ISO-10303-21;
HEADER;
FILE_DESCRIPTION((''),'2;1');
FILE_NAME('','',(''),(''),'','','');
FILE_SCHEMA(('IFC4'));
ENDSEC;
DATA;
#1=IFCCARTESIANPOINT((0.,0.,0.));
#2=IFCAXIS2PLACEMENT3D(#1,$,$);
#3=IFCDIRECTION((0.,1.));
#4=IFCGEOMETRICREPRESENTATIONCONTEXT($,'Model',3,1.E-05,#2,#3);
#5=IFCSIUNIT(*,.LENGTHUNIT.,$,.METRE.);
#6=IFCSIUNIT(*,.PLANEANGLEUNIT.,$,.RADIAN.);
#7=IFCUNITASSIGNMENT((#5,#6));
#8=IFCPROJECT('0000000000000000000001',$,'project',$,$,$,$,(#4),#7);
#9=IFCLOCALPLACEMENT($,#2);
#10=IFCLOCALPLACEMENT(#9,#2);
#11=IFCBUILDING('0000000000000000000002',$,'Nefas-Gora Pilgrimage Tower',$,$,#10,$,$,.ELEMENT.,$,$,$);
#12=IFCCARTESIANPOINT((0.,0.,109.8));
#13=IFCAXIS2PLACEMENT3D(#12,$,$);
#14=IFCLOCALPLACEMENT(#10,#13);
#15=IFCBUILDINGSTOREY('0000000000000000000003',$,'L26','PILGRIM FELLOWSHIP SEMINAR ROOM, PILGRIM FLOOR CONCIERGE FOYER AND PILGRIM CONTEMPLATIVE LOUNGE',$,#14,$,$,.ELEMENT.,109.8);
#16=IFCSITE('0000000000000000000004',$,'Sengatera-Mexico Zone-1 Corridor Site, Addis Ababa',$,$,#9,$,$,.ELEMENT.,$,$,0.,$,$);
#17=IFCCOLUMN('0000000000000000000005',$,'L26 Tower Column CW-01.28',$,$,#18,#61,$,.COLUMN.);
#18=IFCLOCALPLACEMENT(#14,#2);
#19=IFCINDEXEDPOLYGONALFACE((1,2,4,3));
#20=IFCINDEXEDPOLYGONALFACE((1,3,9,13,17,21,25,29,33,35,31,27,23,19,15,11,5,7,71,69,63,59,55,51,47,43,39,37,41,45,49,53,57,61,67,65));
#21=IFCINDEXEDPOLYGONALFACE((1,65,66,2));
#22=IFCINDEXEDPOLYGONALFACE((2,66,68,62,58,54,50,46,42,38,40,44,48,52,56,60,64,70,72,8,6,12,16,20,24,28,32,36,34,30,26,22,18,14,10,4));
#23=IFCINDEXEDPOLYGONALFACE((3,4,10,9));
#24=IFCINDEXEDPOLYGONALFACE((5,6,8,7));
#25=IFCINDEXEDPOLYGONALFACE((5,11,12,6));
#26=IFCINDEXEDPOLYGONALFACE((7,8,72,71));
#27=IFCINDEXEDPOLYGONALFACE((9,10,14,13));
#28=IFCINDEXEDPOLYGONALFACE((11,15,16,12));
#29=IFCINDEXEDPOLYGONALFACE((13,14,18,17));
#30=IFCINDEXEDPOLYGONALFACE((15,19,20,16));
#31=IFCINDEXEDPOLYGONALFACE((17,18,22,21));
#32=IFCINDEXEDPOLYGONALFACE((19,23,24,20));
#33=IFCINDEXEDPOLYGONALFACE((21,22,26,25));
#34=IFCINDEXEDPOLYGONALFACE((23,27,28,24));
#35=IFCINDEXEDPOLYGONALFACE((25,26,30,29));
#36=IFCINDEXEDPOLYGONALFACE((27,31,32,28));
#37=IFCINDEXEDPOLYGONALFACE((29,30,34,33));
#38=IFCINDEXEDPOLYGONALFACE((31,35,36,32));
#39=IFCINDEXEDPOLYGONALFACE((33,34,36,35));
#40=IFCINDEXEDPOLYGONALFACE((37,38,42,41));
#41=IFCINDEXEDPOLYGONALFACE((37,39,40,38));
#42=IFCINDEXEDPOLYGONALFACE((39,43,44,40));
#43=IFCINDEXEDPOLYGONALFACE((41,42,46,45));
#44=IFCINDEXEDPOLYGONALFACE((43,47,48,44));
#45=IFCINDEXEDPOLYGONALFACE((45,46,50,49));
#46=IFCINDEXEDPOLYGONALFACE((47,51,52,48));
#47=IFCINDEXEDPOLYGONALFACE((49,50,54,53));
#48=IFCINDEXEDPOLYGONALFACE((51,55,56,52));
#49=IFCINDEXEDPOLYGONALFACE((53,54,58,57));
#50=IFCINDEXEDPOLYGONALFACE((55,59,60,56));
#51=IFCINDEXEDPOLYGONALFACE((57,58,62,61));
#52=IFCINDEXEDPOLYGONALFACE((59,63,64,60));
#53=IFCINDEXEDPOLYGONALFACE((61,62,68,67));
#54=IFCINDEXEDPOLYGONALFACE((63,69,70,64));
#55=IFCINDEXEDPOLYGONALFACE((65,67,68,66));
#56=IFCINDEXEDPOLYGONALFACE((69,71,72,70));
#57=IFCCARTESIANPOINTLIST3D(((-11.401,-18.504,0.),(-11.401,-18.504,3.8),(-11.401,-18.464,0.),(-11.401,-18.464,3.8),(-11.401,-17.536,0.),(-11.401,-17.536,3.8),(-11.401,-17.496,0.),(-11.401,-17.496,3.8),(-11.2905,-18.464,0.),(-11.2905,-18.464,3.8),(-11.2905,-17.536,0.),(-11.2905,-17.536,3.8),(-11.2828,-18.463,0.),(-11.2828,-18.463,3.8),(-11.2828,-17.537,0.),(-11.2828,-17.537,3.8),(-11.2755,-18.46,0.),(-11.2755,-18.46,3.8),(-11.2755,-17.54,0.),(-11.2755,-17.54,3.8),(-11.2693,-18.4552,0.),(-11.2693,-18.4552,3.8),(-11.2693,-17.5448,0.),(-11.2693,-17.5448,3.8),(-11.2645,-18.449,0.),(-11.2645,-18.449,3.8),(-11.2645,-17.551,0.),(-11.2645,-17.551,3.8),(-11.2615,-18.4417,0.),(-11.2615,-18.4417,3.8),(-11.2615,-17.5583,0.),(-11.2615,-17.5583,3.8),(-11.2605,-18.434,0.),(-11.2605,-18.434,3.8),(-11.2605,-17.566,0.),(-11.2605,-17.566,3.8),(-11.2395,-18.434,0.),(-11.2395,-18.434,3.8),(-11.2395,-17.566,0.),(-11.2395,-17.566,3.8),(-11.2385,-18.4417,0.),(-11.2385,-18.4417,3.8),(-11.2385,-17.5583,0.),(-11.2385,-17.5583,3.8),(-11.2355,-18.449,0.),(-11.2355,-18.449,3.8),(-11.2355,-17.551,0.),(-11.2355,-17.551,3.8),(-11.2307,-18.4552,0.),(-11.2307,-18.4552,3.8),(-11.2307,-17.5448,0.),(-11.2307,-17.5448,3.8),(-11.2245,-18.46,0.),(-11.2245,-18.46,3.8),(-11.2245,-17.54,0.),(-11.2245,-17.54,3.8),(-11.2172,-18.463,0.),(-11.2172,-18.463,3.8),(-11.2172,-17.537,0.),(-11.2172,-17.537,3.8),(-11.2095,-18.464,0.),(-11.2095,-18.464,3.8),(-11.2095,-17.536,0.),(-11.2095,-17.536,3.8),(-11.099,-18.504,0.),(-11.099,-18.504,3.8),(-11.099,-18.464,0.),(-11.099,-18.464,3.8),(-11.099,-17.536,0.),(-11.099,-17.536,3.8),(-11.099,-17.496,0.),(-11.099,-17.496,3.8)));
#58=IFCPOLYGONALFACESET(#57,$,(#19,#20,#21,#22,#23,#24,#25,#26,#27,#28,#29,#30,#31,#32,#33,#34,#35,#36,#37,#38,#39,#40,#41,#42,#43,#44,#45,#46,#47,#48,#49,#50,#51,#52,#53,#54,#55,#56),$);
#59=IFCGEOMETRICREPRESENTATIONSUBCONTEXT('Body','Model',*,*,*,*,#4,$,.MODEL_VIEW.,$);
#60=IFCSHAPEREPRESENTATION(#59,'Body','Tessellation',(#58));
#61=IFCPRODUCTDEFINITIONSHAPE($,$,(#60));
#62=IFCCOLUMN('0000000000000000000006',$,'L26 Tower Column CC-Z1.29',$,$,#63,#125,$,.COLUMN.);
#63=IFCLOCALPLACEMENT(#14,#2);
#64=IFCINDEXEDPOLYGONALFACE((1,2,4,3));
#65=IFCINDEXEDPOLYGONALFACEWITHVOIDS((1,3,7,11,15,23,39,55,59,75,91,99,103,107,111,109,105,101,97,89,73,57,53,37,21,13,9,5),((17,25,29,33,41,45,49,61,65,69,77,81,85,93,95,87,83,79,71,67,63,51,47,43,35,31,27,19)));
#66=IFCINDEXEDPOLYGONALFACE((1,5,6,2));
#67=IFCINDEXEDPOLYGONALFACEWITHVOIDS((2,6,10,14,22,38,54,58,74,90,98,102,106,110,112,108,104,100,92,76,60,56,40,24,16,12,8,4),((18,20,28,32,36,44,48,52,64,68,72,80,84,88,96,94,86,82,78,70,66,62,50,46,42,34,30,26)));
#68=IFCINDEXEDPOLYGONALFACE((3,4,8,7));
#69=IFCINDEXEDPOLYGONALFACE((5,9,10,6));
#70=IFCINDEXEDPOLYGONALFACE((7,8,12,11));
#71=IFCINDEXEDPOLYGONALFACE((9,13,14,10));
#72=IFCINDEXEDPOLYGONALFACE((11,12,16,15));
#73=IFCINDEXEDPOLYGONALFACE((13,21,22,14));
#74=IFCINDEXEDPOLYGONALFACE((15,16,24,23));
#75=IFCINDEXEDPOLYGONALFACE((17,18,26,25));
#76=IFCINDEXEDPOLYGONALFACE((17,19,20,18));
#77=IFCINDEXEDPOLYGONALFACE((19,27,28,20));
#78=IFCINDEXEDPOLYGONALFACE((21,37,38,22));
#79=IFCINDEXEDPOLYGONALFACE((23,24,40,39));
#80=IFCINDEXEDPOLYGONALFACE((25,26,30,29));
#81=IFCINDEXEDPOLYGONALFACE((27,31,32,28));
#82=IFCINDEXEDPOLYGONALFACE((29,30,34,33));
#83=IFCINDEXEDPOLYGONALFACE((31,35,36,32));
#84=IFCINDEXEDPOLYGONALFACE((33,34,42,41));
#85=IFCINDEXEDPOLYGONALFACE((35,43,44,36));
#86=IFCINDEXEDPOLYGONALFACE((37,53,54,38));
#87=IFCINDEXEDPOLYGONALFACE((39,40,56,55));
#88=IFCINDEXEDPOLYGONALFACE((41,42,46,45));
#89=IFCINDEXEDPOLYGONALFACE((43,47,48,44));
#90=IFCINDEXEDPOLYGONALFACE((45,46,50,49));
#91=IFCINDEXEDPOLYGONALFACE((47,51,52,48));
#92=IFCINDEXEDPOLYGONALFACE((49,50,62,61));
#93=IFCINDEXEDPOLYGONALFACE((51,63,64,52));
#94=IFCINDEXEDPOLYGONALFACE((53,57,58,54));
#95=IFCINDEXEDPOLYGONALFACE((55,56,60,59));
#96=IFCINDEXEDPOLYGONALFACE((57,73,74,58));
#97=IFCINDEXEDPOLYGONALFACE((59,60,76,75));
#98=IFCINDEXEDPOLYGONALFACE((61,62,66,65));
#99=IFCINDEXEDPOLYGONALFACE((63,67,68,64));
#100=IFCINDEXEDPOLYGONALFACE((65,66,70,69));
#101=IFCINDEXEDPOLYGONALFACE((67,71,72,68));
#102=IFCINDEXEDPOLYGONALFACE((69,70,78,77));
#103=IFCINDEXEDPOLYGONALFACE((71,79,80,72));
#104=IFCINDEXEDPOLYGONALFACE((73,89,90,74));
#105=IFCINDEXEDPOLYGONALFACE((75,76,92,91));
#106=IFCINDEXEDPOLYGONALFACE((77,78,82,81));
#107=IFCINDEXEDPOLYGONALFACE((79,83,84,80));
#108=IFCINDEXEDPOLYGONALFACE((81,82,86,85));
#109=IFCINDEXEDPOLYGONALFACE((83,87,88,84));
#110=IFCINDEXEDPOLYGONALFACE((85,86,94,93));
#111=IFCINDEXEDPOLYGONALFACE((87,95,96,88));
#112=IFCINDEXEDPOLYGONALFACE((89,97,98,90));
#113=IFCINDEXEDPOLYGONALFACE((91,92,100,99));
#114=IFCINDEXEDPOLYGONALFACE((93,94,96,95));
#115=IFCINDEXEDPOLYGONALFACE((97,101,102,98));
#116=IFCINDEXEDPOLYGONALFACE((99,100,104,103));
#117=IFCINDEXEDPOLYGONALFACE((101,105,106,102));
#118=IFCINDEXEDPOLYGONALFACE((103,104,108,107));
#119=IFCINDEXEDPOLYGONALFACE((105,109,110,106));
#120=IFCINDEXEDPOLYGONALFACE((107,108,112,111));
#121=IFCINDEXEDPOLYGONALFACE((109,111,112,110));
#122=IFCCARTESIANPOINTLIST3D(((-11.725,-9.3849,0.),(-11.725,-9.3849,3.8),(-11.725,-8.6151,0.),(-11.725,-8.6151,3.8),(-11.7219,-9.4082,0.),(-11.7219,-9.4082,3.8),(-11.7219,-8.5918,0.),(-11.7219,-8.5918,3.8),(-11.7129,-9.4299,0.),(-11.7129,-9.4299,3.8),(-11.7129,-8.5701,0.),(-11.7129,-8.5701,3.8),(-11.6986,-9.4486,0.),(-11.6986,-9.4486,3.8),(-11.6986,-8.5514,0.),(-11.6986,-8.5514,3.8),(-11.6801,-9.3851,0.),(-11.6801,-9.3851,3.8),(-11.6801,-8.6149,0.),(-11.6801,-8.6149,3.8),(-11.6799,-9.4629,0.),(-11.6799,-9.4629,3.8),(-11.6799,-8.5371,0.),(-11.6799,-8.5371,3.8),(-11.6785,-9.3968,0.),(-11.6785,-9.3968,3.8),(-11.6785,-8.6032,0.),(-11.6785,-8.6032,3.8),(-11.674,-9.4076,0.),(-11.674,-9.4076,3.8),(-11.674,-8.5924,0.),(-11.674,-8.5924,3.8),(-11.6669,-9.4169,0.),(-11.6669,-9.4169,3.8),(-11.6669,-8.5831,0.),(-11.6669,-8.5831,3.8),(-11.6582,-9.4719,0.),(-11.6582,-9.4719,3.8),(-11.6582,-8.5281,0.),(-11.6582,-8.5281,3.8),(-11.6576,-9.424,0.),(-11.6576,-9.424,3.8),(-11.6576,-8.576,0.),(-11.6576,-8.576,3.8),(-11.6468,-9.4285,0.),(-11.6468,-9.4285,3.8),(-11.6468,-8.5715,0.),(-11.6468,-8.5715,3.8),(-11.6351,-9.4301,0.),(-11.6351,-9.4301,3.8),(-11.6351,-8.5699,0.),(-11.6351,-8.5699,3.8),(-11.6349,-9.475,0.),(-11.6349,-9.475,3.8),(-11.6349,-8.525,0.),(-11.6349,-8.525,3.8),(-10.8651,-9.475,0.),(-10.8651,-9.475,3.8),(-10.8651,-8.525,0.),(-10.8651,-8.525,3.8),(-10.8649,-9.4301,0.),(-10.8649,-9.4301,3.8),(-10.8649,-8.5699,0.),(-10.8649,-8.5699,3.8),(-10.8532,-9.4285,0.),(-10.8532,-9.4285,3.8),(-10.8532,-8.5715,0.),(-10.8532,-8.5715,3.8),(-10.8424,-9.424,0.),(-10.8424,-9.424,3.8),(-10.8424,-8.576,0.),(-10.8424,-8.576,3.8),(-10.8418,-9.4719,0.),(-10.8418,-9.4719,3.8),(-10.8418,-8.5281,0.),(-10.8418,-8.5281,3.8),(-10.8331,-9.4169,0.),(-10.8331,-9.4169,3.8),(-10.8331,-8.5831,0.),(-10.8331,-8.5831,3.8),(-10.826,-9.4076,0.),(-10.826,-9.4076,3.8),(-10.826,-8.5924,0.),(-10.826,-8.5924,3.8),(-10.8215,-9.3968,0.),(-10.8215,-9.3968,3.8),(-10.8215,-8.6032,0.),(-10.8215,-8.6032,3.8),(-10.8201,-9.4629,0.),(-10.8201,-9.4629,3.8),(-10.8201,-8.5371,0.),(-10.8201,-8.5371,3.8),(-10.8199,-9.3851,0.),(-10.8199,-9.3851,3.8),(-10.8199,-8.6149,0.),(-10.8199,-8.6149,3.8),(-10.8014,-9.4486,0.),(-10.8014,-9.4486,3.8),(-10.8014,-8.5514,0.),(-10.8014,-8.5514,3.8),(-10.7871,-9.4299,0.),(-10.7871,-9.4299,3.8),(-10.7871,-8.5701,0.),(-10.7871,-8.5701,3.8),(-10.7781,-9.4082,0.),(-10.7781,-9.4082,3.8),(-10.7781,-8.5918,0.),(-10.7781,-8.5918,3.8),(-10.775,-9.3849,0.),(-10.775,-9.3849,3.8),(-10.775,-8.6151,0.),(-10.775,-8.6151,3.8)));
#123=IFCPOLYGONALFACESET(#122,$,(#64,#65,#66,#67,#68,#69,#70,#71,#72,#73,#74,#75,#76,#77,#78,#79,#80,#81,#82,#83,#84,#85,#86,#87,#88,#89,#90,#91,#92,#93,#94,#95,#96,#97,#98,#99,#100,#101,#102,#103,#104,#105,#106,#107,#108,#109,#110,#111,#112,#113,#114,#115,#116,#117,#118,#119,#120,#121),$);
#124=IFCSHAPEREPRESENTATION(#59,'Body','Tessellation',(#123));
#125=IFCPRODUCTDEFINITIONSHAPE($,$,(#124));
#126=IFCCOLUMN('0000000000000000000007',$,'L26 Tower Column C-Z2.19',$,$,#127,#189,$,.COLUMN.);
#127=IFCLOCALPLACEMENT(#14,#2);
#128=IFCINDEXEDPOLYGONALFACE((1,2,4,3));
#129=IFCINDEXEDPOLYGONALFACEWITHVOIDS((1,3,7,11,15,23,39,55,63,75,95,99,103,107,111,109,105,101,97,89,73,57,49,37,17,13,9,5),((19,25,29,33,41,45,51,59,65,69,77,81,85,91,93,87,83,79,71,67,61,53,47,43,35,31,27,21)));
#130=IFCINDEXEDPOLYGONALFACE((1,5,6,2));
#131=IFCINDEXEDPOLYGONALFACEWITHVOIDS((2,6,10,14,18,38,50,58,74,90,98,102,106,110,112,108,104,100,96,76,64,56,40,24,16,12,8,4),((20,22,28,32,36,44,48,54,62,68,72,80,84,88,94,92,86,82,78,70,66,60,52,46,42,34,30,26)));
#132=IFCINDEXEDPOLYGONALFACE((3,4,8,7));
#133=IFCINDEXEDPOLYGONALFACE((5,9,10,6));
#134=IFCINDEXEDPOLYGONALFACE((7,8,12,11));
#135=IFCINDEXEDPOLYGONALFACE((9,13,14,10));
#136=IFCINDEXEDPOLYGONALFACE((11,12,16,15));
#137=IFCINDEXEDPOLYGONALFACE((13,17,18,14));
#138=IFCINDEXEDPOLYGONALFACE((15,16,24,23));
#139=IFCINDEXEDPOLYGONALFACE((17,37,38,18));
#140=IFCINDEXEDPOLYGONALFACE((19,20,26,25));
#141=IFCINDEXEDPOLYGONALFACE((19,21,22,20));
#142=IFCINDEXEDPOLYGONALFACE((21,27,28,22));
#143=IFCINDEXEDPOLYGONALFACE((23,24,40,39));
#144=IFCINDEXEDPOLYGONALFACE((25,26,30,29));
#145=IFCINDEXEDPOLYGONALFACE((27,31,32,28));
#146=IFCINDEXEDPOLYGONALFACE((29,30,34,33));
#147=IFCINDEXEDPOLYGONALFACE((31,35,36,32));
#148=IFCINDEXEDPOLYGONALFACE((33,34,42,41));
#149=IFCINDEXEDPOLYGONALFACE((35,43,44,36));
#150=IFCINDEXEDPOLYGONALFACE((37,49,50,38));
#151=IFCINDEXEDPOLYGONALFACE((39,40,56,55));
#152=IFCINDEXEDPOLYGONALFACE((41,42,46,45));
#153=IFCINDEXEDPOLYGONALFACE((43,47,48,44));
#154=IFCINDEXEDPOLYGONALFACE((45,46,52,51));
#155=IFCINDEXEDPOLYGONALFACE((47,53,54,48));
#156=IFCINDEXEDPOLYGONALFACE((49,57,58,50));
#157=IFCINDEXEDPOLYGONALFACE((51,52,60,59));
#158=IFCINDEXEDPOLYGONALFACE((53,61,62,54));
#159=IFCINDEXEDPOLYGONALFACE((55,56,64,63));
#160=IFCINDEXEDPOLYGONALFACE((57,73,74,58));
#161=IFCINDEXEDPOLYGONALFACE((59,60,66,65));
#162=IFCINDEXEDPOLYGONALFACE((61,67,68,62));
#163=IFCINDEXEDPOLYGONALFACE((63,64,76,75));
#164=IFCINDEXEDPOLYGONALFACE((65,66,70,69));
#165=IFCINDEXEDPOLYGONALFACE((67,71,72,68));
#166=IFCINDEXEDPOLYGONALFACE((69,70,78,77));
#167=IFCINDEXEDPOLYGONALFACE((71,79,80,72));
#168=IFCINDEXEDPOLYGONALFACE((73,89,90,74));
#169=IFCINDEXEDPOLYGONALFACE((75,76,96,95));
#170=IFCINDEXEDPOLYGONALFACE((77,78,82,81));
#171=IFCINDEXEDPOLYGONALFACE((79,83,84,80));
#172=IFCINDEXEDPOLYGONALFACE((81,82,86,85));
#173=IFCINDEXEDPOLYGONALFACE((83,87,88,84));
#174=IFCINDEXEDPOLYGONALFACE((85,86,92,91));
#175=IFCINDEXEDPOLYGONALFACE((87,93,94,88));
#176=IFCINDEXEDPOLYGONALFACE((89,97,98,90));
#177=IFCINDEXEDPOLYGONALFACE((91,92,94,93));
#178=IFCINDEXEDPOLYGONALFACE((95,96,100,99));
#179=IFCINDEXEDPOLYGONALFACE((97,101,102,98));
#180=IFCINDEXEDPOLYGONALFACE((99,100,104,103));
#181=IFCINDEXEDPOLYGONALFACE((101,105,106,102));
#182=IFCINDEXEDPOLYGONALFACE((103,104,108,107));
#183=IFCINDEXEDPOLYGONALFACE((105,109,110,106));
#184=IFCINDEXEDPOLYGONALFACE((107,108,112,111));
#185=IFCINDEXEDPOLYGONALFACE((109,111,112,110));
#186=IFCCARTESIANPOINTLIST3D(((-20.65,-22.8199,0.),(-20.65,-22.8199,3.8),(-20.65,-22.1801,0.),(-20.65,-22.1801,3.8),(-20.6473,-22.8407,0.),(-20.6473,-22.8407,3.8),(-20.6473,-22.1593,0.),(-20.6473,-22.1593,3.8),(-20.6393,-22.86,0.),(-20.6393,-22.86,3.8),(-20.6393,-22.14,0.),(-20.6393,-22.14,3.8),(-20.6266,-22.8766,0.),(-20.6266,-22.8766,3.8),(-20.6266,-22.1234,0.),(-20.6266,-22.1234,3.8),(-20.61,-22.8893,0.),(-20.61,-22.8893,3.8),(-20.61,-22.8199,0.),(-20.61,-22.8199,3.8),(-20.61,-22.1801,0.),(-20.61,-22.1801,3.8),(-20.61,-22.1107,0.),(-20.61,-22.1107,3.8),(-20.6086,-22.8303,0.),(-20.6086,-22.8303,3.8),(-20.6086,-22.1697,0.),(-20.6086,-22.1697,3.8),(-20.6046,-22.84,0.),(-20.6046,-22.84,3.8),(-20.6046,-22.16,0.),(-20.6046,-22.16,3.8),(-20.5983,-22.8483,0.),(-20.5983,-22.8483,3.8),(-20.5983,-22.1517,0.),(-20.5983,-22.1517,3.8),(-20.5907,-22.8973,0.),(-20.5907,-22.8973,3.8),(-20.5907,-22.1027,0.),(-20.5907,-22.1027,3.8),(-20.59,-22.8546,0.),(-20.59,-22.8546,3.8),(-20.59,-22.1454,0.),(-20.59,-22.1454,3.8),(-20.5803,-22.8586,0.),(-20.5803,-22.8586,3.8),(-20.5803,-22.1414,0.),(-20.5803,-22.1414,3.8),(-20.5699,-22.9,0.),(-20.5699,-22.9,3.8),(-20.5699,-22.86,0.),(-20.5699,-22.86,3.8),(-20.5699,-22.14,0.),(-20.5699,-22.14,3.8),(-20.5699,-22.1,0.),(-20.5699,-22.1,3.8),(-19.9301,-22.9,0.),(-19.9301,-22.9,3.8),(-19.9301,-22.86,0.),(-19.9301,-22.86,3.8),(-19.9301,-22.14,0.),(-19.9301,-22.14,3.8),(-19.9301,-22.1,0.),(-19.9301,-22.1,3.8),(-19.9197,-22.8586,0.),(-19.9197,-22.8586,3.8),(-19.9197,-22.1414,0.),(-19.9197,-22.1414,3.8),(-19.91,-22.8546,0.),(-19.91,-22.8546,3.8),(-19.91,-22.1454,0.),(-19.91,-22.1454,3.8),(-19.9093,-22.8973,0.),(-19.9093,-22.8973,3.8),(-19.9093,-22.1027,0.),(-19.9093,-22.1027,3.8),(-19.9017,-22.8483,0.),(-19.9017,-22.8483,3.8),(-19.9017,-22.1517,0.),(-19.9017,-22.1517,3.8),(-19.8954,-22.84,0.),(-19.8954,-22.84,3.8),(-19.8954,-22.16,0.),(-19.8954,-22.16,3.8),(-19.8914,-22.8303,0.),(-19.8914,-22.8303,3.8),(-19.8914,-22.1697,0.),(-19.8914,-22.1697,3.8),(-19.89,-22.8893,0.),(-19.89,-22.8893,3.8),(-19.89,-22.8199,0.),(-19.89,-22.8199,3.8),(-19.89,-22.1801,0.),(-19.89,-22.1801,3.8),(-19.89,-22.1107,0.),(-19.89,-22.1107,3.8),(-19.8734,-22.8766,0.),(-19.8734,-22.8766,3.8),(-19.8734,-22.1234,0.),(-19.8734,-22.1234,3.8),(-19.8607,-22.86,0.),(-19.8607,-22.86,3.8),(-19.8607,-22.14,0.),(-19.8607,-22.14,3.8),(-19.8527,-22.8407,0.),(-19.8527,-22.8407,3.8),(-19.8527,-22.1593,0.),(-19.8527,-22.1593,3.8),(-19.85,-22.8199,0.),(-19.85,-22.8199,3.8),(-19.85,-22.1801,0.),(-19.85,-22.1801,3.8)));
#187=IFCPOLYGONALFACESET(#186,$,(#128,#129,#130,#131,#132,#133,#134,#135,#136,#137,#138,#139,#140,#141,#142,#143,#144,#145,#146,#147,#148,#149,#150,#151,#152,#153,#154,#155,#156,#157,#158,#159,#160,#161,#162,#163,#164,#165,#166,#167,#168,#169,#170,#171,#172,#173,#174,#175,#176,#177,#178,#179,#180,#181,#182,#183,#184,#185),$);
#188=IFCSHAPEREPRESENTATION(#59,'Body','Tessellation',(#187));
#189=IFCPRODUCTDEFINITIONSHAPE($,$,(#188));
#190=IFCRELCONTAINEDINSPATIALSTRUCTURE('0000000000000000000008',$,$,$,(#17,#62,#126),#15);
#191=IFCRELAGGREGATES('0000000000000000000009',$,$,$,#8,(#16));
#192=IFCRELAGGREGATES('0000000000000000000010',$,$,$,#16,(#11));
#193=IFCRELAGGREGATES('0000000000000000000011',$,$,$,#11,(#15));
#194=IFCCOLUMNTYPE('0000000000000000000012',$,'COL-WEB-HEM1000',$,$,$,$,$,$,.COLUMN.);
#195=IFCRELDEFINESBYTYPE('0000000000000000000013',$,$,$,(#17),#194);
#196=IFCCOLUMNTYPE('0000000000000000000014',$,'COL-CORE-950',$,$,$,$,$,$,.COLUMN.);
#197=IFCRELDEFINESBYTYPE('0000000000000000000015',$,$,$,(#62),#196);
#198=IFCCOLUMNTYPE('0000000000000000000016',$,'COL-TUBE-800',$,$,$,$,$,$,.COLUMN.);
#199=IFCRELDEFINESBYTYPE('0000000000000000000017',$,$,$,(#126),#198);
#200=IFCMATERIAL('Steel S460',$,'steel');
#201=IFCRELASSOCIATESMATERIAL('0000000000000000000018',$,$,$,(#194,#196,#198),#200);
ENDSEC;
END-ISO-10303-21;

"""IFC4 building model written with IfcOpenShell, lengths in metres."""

from ifc_helpers import new_model, si_unit, direction, frame, origin, origin_2d, place, context, subcontext, project, spatial, hollow_rectangle, i_section, extrude, source, transform, mapped, material, material_profile, profile_set, type_object, element, save


model = new_model("IFC4")

# Units and contexts
model_context = context("Model", 3, precision=1e-05, world=origin(), true_north=direction((0.0, 1.0)))
body_context = subcontext(model_context, "Body", "Model", "MODEL_VIEW")
ifc_project = project(units=[si_unit("LENGTHUNIT", "METRE"), si_unit("PLANEANGLEUNIT", "RADIAN")], contexts=[model_context])

# Site, building, storey
site_placement = place(None, origin())
site = spatial("IfcSite", under=ifc_project, at=site_placement, Name="Sengatera-Mexico Zone-1 Corridor Site, Addis Ababa", CompositionType="ELEMENT", RefElevation=0.0)
building_placement = place(site_placement, origin())
building = spatial("IfcBuilding", under=site, at=building_placement, Name="Nefas-Gora Pilgrimage Tower", CompositionType="ELEMENT")
storey_placement = place(building_placement, frame((0.0, 0.0, 109.8)))
storey = spatial("IfcBuildingStorey", under=building, at=storey_placement, Name="L26", Description="PILGRIM FELLOWSHIP SEMINAR ROOM, PILGRIM FLOOR CONCIERGE FOYER AND PILGRIM CONTEMPLATIVE LOUNGE", CompositionType="ELEMENT", Elevation=109.8)

# Columns
ifc_material_1 = material(Name="Steel S460", Category="steel")
ifc_material_profile_1 = material_profile(ifc_material_1, i_section(OverallWidth=0.302, OverallDepth=1.0081, WebThickness=0.021, FlangeThickness=0.04, FilletRadius=0.03, at=origin_2d()), Name="HEM 1000")
ifc_profile_set_1 = profile_set([ifc_material_profile_1], Name="Steel S460")
column_type_1 = type_object("IfcColumnType", Name="COL-WEB-HEM1000", PredefinedType="COLUMN", material=ifc_profile_set_1)
shared_shape_1 = source(origin(), body_context, "Body", "SweptSolid", [
    extrude(i_section(OverallWidth=0.302, OverallDepth=1.0081, WebThickness=0.021, FlangeThickness=0.04, FilletRadius=0.03, at=origin_2d()), origin(), (0.0, 0.0, 1.0), 3.8),
])
for number, where, z_axis, x_axis, name in (
    (1, (-11.25, -18.0, 0.0), (0.0, 0.0, 1.0), (1.0, 0.0, 0.0), "L26 Tower Column CW-01.28"),
):
    element("IfcColumn", number, at=place(storey_placement, frame(where, z_axis=z_axis, x_axis=x_axis)), inside=storey, type_object=column_type_1, Name=name, PredefinedType="COLUMN", context=body_context, shape_type="MappedRepresentation", body=[
        mapped(shared_shape_1, transform((0.0, 0.0, 0.0), x_axis=(1.0, 0.0, 0.0), y_axis=(0.0, 1.0, 0.0), z_axis=(0.0, 0.0, 1.0), scale=1.0)),
    ])
ifc_material_profile_2 = material_profile(ifc_material_1, hollow_rectangle(XDim=0.95, YDim=0.95, WallThickness=0.0449, InnerFilletRadius=0.0449, OuterFilletRadius=0.0901, at=origin_2d()), Name="BOX 950x950x45")
ifc_profile_set_2 = profile_set([ifc_material_profile_2], Name="Steel S460")
column_type_2 = type_object("IfcColumnType", Name="COL-CORE-950", PredefinedType="COLUMN", material=ifc_profile_set_2)
shared_shape_2 = source(origin(), body_context, "Body", "SweptSolid", [
    extrude(hollow_rectangle(XDim=0.95, YDim=0.95, WallThickness=0.0449, InnerFilletRadius=0.0449, OuterFilletRadius=0.0901, at=origin_2d()), origin(), (0.0, 0.0, 1.0), 3.8),
])
column_1_placement = place(storey_placement, frame((-11.25, -9.0, 0.0), z_axis=(0.0, 0.0, 1.0), x_axis=(1.0, 0.0, 0.0)))
element("IfcColumn", 2, at=column_1_placement, inside=storey, type_object=column_type_2, Name="L26 Tower Column CC-Z1.29", PredefinedType="COLUMN", context=body_context, shape_type="MappedRepresentation", body=[
    mapped(shared_shape_2, transform((0.0, 0.0, 0.0), x_axis=(1.0, 0.0, 0.0), y_axis=(0.0, 1.0, 0.0), z_axis=(0.0, 0.0, 1.0), scale=1.0)),
])
ifc_material_profile_3 = material_profile(ifc_material_1, hollow_rectangle(XDim=0.8, YDim=0.8, WallThickness=0.04, InnerFilletRadius=0.04, OuterFilletRadius=0.0801, at=origin_2d()), Name="BOX 800x800x40")
ifc_profile_set_3 = profile_set([ifc_material_profile_3], Name="Steel S460")
column_type_3 = type_object("IfcColumnType", Name="COL-TUBE-800", PredefinedType="COLUMN", material=ifc_profile_set_3)
shared_shape_3 = source(origin(), body_context, "Body", "SweptSolid", [
    extrude(hollow_rectangle(XDim=0.8, YDim=0.8, WallThickness=0.04, InnerFilletRadius=0.04, OuterFilletRadius=0.0801, at=origin_2d()), origin(), (0.0, 0.0, 1.0), 3.8),
])
column_2_placement = place(storey_placement, frame((-20.25, -22.5, 0.0), z_axis=(0.0, 0.0, 1.0), x_axis=(1.0, 0.0, 0.0)))
element("IfcColumn", 3, at=column_2_placement, inside=storey, type_object=column_type_3, Name="L26 Tower Column C-Z2.19", PredefinedType="COLUMN", context=body_context, shape_type="MappedRepresentation", body=[
    mapped(shared_shape_3, transform((0.0, 0.0, 0.0), x_axis=(1.0, 0.0, 0.0), y_axis=(0.0, 1.0, 0.0), z_axis=(0.0, 0.0, 1.0), scale=1.0)),
])

save(model, "model.ifc")
